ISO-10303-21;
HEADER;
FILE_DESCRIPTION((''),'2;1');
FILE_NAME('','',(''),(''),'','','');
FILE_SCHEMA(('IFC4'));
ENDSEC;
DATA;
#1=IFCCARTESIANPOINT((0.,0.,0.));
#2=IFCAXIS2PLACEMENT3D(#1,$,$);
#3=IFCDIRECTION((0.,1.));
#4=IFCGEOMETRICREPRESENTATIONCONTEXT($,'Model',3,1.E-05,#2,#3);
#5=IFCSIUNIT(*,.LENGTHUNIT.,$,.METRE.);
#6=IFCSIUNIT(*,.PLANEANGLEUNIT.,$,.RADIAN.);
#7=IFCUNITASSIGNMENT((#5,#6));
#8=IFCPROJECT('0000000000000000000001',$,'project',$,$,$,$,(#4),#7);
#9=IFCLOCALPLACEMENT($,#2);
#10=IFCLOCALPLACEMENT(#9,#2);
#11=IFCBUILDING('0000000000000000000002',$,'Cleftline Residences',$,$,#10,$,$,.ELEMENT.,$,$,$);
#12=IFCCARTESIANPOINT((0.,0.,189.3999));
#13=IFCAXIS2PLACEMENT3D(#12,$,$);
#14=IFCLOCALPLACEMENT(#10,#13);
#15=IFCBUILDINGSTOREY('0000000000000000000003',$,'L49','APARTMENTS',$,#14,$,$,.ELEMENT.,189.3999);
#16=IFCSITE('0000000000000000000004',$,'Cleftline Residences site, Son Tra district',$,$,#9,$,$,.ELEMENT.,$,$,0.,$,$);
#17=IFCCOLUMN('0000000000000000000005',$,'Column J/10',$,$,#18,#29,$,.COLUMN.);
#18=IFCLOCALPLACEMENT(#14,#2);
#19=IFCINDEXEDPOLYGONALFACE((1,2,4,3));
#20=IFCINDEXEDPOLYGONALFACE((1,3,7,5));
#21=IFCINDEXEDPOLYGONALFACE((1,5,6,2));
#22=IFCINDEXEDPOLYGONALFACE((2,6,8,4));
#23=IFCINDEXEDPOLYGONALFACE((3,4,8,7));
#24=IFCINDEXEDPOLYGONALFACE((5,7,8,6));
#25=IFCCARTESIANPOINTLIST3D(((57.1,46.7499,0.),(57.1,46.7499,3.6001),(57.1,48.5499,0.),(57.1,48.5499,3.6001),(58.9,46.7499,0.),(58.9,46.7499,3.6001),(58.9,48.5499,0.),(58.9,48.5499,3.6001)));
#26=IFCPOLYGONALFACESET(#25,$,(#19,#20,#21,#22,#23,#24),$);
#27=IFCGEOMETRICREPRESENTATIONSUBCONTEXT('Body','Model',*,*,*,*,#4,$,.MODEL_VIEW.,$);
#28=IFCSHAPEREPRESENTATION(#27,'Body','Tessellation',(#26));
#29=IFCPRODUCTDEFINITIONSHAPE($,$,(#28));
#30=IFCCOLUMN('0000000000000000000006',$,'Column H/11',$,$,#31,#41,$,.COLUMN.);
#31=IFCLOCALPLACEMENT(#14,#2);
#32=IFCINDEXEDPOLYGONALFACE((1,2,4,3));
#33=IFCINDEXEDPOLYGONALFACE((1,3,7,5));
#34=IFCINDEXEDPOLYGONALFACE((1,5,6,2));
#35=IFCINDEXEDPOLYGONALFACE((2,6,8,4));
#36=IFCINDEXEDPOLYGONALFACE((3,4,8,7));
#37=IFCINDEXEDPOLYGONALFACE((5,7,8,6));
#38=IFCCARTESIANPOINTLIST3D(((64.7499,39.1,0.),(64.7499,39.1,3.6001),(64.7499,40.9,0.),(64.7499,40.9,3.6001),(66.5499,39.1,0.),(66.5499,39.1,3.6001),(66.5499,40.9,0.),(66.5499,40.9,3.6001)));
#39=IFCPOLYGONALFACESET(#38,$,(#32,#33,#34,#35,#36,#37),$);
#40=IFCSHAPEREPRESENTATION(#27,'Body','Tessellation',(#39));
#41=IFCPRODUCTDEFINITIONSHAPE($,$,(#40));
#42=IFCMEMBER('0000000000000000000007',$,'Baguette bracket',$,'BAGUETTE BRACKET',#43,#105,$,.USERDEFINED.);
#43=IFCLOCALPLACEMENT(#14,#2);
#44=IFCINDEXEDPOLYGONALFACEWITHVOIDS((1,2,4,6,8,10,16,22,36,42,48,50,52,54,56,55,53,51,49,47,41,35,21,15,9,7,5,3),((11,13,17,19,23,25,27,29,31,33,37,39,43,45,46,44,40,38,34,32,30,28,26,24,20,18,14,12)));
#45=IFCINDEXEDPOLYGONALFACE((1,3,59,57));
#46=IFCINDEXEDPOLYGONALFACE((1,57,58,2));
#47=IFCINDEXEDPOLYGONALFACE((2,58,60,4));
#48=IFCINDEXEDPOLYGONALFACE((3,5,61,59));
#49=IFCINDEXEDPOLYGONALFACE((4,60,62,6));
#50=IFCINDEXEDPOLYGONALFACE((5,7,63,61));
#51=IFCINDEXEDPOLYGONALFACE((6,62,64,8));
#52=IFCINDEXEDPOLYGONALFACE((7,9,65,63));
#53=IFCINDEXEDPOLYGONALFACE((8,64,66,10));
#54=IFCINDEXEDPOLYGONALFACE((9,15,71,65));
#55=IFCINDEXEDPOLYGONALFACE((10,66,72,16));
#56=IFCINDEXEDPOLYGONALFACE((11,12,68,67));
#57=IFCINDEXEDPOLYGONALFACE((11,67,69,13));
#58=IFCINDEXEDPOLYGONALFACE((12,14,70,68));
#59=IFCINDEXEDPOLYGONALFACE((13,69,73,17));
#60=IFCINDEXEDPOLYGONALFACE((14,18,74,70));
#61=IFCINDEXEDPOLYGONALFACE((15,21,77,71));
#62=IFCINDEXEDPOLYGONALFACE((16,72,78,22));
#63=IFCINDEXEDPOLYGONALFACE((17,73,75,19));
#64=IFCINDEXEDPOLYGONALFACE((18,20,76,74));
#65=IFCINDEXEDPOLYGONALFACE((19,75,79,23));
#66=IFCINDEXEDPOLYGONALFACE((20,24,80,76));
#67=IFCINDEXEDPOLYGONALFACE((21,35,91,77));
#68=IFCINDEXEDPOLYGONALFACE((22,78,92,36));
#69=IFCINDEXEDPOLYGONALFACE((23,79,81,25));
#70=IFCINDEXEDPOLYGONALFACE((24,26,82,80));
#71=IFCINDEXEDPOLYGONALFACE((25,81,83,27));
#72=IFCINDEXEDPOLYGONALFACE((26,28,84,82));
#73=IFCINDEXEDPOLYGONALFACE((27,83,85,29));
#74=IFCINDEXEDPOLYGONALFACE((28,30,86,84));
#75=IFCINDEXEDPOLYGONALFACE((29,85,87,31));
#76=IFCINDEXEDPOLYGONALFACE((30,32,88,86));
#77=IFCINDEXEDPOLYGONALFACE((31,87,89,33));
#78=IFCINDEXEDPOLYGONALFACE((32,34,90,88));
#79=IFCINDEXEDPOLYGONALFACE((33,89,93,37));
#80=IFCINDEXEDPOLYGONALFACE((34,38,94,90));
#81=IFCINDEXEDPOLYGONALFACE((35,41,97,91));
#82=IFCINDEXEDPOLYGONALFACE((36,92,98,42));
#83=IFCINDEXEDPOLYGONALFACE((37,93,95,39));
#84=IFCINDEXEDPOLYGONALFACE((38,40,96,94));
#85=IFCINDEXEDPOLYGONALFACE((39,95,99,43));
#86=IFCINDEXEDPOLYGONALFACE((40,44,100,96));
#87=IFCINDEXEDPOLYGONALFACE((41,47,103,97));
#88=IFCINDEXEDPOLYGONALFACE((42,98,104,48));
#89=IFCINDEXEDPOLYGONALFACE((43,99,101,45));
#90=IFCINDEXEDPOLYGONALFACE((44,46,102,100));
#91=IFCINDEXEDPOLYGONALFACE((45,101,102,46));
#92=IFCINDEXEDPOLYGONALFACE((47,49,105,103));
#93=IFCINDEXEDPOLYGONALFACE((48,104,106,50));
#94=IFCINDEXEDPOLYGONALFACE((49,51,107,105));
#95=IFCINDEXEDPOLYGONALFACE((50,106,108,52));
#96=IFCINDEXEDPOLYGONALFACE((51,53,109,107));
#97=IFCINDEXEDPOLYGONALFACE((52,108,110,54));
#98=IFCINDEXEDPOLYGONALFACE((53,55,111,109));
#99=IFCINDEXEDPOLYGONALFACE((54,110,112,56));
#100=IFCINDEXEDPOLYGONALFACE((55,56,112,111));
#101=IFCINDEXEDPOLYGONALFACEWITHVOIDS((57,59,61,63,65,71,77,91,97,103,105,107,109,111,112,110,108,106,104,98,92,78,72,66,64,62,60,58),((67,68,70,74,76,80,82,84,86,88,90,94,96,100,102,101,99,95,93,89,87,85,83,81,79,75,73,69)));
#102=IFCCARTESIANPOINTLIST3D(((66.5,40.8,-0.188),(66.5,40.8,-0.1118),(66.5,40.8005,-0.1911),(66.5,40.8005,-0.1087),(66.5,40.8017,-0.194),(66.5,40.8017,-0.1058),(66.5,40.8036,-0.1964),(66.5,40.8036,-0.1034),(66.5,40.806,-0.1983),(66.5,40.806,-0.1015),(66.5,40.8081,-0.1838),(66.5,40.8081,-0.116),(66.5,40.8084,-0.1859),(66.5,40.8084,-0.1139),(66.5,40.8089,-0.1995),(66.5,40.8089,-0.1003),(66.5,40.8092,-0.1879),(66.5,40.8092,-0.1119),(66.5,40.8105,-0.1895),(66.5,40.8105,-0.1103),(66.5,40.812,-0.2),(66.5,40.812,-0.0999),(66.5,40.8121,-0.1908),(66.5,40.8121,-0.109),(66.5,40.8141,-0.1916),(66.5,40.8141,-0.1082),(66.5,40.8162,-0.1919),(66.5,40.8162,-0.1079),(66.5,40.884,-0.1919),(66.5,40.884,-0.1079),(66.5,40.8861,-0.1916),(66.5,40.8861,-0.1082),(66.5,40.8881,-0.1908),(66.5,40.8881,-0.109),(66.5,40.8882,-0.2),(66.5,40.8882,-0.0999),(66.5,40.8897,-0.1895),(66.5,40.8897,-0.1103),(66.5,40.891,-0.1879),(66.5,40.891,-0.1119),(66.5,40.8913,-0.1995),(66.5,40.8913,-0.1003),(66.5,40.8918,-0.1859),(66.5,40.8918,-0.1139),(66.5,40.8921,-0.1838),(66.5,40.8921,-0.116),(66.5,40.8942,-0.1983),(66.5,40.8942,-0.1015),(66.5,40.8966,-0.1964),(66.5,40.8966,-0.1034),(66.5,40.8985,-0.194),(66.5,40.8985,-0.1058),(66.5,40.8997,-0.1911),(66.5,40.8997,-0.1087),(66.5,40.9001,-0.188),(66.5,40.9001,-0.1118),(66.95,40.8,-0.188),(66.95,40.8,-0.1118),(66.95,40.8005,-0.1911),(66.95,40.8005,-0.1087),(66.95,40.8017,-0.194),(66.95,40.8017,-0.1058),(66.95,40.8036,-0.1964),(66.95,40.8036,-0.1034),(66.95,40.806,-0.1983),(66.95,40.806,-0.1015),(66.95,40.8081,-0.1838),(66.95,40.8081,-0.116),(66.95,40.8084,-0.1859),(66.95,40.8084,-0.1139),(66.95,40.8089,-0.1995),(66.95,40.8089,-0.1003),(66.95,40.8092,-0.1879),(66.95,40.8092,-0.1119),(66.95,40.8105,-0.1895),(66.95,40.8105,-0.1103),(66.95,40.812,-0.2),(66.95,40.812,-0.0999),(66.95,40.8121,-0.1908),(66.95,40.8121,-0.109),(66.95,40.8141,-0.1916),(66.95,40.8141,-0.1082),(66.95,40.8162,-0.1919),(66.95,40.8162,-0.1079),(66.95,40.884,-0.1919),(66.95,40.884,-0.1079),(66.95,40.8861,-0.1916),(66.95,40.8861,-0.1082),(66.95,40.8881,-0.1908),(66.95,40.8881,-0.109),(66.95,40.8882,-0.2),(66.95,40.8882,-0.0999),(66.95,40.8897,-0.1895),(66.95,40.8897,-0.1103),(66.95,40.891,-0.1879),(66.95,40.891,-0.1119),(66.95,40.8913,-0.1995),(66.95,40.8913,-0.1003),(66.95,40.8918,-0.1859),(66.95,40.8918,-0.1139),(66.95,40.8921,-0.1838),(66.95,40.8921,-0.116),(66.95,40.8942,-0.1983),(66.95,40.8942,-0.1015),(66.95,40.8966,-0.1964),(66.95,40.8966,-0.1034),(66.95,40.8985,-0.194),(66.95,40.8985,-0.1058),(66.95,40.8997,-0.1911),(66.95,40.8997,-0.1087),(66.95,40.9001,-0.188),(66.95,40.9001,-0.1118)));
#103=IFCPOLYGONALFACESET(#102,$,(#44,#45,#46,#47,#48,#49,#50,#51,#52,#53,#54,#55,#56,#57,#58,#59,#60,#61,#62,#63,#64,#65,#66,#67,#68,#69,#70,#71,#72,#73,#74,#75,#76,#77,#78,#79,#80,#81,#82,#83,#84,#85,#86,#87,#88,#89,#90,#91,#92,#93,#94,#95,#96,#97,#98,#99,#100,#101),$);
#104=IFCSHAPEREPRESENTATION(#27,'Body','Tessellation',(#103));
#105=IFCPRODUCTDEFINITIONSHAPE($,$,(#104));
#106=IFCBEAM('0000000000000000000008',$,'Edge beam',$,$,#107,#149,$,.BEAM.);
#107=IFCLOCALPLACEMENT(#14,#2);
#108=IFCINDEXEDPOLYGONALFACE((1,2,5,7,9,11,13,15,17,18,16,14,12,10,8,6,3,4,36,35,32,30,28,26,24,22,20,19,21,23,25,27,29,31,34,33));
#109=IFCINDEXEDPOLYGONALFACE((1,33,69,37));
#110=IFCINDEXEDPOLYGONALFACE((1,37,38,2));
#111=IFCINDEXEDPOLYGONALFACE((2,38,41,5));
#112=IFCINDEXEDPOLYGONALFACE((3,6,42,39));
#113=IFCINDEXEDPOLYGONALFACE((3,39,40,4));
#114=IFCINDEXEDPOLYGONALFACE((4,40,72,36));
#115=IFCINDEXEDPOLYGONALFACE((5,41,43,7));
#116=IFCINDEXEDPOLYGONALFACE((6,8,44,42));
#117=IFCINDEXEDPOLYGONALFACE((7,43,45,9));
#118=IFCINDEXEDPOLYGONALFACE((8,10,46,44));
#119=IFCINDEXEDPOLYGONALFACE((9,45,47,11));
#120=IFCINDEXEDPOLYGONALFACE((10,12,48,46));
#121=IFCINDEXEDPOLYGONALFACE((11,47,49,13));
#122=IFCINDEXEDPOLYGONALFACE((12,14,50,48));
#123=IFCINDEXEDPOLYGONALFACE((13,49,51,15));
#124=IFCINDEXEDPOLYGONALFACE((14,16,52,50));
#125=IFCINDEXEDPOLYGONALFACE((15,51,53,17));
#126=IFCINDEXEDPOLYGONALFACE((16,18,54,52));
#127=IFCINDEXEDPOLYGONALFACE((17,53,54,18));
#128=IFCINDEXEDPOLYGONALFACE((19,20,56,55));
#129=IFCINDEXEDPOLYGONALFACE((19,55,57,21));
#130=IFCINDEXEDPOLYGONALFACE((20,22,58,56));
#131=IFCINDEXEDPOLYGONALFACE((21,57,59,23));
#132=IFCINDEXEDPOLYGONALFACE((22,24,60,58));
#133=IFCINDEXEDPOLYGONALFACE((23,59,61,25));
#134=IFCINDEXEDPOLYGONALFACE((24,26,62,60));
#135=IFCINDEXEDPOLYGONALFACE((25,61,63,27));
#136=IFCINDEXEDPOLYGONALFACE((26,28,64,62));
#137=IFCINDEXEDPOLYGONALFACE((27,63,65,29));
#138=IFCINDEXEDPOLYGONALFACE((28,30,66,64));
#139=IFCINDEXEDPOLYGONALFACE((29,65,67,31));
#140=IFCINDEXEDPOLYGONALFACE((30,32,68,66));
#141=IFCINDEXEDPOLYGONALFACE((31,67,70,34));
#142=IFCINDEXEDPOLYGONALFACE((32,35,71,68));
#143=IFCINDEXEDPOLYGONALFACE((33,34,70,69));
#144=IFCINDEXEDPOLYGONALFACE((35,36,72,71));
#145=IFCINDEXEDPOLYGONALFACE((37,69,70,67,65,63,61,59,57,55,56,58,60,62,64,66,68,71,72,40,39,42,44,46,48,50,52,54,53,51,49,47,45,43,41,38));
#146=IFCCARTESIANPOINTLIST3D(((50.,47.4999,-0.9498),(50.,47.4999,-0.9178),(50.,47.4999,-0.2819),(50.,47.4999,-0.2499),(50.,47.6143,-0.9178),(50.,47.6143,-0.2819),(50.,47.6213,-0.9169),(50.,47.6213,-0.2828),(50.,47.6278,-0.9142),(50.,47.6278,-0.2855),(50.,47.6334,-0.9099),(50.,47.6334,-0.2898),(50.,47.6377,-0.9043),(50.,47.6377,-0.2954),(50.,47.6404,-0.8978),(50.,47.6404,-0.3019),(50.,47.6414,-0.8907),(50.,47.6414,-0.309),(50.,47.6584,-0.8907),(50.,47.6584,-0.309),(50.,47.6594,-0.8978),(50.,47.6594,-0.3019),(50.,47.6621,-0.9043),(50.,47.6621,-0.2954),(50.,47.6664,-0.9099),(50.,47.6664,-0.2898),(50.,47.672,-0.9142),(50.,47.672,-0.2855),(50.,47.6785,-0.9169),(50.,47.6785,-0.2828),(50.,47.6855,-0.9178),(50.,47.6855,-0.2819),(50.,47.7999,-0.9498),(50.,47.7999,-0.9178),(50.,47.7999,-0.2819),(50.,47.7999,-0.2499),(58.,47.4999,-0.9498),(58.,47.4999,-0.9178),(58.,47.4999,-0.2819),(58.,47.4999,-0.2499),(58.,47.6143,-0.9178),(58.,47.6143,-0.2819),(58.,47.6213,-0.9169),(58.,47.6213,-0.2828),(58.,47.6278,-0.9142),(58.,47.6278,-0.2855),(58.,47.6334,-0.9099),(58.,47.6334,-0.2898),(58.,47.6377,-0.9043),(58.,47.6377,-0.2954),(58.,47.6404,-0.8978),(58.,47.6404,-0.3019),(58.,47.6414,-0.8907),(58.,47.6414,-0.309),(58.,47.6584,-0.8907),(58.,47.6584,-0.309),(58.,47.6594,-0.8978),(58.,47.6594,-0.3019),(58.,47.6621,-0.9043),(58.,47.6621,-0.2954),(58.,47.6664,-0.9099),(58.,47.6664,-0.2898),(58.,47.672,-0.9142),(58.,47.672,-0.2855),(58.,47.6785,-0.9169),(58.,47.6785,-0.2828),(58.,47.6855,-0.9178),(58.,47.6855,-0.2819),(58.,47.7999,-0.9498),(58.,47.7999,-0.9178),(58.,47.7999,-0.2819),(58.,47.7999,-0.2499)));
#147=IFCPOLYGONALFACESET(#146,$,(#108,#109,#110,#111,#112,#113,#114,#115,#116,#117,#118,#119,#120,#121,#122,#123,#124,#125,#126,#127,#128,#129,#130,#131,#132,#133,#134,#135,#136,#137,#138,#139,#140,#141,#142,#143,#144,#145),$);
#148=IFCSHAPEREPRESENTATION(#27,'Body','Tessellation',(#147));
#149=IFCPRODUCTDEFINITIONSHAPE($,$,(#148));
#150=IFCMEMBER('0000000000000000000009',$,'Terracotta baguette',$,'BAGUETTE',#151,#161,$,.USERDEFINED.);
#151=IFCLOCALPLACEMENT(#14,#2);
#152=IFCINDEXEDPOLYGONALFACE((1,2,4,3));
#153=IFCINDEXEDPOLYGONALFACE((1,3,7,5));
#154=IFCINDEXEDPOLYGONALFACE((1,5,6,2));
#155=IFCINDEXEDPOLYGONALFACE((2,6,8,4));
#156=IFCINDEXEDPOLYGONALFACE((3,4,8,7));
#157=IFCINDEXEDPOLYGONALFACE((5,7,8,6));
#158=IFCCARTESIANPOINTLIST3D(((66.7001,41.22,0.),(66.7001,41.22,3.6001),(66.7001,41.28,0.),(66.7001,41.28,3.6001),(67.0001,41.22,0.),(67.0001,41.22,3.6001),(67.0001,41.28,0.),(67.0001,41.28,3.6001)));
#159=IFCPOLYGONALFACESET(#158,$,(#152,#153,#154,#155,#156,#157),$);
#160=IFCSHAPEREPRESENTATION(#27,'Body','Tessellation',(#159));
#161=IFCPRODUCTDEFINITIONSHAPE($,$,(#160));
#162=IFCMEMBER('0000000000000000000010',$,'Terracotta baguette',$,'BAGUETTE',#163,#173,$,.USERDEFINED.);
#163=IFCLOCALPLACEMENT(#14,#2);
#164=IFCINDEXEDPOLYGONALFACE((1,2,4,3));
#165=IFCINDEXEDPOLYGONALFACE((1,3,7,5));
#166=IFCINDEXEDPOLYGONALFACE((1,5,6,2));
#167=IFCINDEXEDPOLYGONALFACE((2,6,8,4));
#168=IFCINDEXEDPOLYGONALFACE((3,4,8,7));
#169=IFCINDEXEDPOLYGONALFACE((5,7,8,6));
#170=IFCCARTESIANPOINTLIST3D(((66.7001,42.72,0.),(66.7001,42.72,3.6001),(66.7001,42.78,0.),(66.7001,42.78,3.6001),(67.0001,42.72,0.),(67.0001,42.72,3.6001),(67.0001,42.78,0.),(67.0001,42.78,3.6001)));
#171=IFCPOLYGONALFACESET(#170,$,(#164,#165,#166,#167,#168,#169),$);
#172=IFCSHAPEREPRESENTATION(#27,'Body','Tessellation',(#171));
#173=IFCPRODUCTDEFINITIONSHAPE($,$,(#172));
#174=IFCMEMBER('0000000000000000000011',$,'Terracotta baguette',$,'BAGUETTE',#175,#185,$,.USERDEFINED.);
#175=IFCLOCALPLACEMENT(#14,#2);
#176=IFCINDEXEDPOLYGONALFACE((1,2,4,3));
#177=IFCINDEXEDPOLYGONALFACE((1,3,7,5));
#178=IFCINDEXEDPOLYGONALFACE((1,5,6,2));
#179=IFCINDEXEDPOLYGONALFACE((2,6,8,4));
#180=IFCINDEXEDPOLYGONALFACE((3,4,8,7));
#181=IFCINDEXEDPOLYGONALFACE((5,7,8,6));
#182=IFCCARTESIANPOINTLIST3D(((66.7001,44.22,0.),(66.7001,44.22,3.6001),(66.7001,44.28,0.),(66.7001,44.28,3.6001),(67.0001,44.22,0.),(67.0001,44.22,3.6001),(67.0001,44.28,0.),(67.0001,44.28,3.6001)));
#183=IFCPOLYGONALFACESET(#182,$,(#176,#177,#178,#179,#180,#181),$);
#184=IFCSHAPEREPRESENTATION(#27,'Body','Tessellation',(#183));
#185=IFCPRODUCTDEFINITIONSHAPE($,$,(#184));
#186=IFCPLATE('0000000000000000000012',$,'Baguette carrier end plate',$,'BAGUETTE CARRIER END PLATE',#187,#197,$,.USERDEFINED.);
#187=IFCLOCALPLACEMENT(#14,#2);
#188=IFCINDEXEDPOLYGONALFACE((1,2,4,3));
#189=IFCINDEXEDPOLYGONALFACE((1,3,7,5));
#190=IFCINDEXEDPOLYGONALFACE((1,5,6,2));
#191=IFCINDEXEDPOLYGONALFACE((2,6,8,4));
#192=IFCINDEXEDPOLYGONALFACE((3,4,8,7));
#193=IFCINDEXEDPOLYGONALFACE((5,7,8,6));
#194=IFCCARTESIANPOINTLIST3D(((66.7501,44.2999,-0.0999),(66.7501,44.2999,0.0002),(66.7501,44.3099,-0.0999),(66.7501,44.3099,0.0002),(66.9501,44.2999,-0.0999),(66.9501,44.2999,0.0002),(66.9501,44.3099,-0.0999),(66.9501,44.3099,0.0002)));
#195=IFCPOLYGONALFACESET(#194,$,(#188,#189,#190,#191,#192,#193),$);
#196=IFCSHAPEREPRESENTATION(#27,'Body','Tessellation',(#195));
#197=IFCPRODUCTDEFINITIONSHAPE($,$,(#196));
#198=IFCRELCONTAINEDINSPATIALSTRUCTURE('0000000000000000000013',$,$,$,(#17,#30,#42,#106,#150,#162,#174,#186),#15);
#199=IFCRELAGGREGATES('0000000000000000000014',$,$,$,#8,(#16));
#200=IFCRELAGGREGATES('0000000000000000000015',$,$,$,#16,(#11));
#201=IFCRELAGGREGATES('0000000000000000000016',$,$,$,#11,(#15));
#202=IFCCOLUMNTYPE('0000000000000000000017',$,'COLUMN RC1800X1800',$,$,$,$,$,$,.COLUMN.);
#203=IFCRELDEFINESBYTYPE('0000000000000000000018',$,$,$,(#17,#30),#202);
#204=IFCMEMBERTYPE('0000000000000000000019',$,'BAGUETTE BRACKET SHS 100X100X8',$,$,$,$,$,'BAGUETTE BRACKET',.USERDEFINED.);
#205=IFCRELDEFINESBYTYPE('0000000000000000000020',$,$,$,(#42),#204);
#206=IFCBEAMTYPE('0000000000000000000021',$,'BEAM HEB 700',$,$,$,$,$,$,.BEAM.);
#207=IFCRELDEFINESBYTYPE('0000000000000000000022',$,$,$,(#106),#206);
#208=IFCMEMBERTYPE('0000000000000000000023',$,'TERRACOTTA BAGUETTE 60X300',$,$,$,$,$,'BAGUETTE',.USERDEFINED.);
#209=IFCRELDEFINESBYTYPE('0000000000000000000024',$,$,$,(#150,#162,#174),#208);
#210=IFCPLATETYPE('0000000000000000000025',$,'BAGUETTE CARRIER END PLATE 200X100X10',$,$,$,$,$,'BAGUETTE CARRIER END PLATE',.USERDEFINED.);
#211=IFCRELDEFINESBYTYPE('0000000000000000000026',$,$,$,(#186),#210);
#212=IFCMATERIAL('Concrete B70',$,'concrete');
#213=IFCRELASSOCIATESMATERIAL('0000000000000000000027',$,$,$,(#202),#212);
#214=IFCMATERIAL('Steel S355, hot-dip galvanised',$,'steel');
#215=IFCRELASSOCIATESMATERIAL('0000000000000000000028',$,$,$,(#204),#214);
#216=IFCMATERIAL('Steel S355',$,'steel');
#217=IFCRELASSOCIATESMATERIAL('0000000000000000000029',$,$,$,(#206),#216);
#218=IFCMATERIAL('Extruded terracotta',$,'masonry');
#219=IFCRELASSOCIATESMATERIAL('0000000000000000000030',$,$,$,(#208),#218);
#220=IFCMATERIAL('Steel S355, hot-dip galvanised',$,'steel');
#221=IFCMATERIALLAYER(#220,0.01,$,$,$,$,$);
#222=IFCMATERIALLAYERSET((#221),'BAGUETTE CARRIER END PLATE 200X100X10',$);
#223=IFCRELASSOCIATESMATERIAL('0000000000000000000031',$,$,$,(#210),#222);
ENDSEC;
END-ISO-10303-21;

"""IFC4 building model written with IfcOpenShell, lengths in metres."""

from ifc_helpers import new_model, si_unit, direction, frame, origin, origin_2d, place, context, subcontext, project, spatial, rectangle, hollow_rectangle, i_section, extrude, material, layer, layer_set, material_profile, profile_set, type_object, element, save


model = new_model("IFC4")

# Units and contexts
model_context = context("Model", 3, precision=1e-05, world=origin(), true_north=direction((0.0, 1.0)))
body_context = subcontext(model_context, "Body", "Model", "MODEL_VIEW")
ifc_project = project(units=[si_unit("LENGTHUNIT", "METRE"), si_unit("PLANEANGLEUNIT", "RADIAN")], contexts=[model_context])

# Site, building, storey
site_placement = place(None, origin())
site = spatial("IfcSite", under=ifc_project, at=site_placement, Name="Cleftline Residences site, Son Tra district", CompositionType="ELEMENT", RefElevation=0.0)
building_placement = place(site_placement, origin())
building = spatial("IfcBuilding", under=site, at=building_placement, Name="Cleftline Residences", CompositionType="ELEMENT")
storey_placement = place(building_placement, frame((0.0, 0.0, 189.3999)))
storey = spatial("IfcBuildingStorey", under=building, at=storey_placement, Name="L49", Description="APARTMENTS", CompositionType="ELEMENT", Elevation=189.3999)

# Columns
ifc_material_1 = material(Name="Concrete B70", Category="concrete")
ifc_material_profile_1 = material_profile(ifc_material_1, rectangle(XDim=1.8, YDim=1.8, at=origin_2d()))
ifc_profile_set_1 = profile_set([ifc_material_profile_1], Name="Concrete B70")
column_type = type_object("IfcColumnType", Name="COLUMN RC1800X1800", PredefinedType="COLUMN", material=ifc_profile_set_1)
for number, where, z_axis, x_axis, name in (
    (1, (58.0, 47.6499, 0.0), (0.0, 0.0, 1.0), (1.0, 0.0, 0.0), "Column J/10"),
    (2, (65.6499, 40.0, 0.0), (0.0, 0.0, 1.0), (1.0, 0.0, 0.0), "Column H/11"),
):
    element("IfcColumn", number, at=place(storey_placement, frame(where, z_axis=z_axis, x_axis=x_axis)), inside=storey, type_object=column_type, Name=name, PredefinedType="COLUMN", context=body_context, shape_type="SweptSolid", body=[
        extrude(rectangle(XDim=1.8, YDim=1.8, at=origin_2d()), origin(), (0.0, 0.0, 1.0), 3.6001),
    ])

# Member
ifc_material_2 = material(Name="Steel S355, hot-dip galvanised", Category="steel")
ifc_material_profile_2 = material_profile(ifc_material_2, hollow_rectangle(XDim=0.1001, YDim=0.1001, WallThickness=0.0081, InnerFilletRadius=0.0081, OuterFilletRadius=0.012, at=origin_2d()))
ifc_profile_set_2 = profile_set([ifc_material_profile_2], Name="Steel S355, hot-dip galvanised")
member_type_1 = type_object("IfcMemberType", Name="BAGUETTE BRACKET SHS 100X100X8", ElementType="BAGUETTE BRACKET", PredefinedType="USERDEFINED", material=ifc_profile_set_2)
member_placement = place(storey_placement, frame((66.5, 40.8501, -0.1499), z_axis=(1.0, 0.0, 0.0), x_axis=(0.0, 1.0, 0.0)))
element("IfcMember", 3, at=member_placement, inside=storey, type_object=member_type_1, Name="Baguette bracket", ObjectType="BAGUETTE BRACKET", PredefinedType="USERDEFINED", context=body_context, shape_type="SweptSolid", body=[
    extrude(hollow_rectangle(XDim=0.1001, YDim=0.1001, WallThickness=0.0081, InnerFilletRadius=0.0081, OuterFilletRadius=0.012, at=origin_2d()), origin(), (0.0, 0.0, 1.0), 0.45),
])

# Beam
ifc_material_3 = material(Name="Steel S355", Category="steel")
ifc_material_profile_3 = material_profile(ifc_material_3, i_section(OverallWidth=0.3, OverallDepth=0.7, WebThickness=0.0171, FlangeThickness=0.032, FilletRadius=0.0271, at=origin_2d()))
ifc_profile_set_3 = profile_set([ifc_material_profile_3], Name="Steel S355")
beam_type = type_object("IfcBeamType", Name="BEAM HEB 700", PredefinedType="BEAM", material=ifc_profile_set_3)
beam_placement = place(storey_placement, frame((58.0, 47.6499, -0.5999), z_axis=(-1.0, 0.0, 0.0), x_axis=(0.0, -1.0, 0.0)))
element("IfcBeam", 4, at=beam_placement, inside=storey, type_object=beam_type, Name="Edge beam", PredefinedType="BEAM", context=body_context, shape_type="SweptSolid", body=[
    extrude(i_section(OverallWidth=0.3, OverallDepth=0.7, WebThickness=0.0171, FlangeThickness=0.032, FilletRadius=0.0271, at=origin_2d()), origin(), (0.0, 0.0, 1.0), 8.0),
])

# Members
ifc_material_4 = material(Name="Extruded terracotta", Category="masonry")
ifc_material_profile_4 = material_profile(ifc_material_4, rectangle(XDim=0.0601, YDim=0.3, at=origin_2d()))
ifc_profile_set_4 = profile_set([ifc_material_profile_4], Name="Extruded terracotta")
member_type_2 = type_object("IfcMemberType", Name="TERRACOTTA BAGUETTE 60X300", ElementType="BAGUETTE", PredefinedType="USERDEFINED", material=ifc_profile_set_4)
for number, where, z_axis, x_axis, name in (
    (5, (66.8501, 41.25, 0.0), (0.0, 0.0, 1.0), (0.0, 1.0, 0.0), "Terracotta baguette"),
    (6, (66.8501, 42.75, 0.0), (0.0, 0.0, 1.0), (0.0, 1.0, 0.0), "Terracotta baguette"),
    (7, (66.8501, 44.25, 0.0), (0.0, 0.0, 1.0), (0.0, 1.0, 0.0), "Terracotta baguette"),
):
    element("IfcMember", number, at=place(storey_placement, frame(where, z_axis=z_axis, x_axis=x_axis)), inside=storey, type_object=member_type_2, Name=name, ObjectType="BAGUETTE", PredefinedType="USERDEFINED", context=body_context, shape_type="SweptSolid", body=[
        extrude(rectangle(XDim=0.0601, YDim=0.3, at=origin_2d()), origin(), (0.0, 0.0, 1.0), 3.6001),
    ])

# Plate
ifc_material_5 = material(Name="Steel S355, hot-dip galvanised", Category="steel")
ifc_layer_1 = layer(ifc_material_5, 0.01)
ifc_layer_set_1 = layer_set([ifc_layer_1], Name="BAGUETTE CARRIER END PLATE 200X100X10")
plate_type = type_object("IfcPlateType", Name="BAGUETTE CARRIER END PLATE 200X100X10", ElementType="BAGUETTE CARRIER END PLATE", PredefinedType="USERDEFINED", material=ifc_layer_set_1)
plate_placement = place(storey_placement, frame((66.8501, 44.3049, -0.0999), z_axis=(0.0, 0.0, 1.0), x_axis=(1.0, 0.0, 0.0)))
element("IfcPlate", 8, at=plate_placement, inside=storey, type_object=plate_type, Name="Baguette carrier end plate", ObjectType="BAGUETTE CARRIER END PLATE", PredefinedType="USERDEFINED", context=body_context, shape_type="SweptSolid", body=[
    extrude(rectangle(XDim=0.2, YDim=0.01, at=origin_2d()), origin(), (0.0, 0.0, 1.0), 0.1001),
])

save(model, "model.ifc")
